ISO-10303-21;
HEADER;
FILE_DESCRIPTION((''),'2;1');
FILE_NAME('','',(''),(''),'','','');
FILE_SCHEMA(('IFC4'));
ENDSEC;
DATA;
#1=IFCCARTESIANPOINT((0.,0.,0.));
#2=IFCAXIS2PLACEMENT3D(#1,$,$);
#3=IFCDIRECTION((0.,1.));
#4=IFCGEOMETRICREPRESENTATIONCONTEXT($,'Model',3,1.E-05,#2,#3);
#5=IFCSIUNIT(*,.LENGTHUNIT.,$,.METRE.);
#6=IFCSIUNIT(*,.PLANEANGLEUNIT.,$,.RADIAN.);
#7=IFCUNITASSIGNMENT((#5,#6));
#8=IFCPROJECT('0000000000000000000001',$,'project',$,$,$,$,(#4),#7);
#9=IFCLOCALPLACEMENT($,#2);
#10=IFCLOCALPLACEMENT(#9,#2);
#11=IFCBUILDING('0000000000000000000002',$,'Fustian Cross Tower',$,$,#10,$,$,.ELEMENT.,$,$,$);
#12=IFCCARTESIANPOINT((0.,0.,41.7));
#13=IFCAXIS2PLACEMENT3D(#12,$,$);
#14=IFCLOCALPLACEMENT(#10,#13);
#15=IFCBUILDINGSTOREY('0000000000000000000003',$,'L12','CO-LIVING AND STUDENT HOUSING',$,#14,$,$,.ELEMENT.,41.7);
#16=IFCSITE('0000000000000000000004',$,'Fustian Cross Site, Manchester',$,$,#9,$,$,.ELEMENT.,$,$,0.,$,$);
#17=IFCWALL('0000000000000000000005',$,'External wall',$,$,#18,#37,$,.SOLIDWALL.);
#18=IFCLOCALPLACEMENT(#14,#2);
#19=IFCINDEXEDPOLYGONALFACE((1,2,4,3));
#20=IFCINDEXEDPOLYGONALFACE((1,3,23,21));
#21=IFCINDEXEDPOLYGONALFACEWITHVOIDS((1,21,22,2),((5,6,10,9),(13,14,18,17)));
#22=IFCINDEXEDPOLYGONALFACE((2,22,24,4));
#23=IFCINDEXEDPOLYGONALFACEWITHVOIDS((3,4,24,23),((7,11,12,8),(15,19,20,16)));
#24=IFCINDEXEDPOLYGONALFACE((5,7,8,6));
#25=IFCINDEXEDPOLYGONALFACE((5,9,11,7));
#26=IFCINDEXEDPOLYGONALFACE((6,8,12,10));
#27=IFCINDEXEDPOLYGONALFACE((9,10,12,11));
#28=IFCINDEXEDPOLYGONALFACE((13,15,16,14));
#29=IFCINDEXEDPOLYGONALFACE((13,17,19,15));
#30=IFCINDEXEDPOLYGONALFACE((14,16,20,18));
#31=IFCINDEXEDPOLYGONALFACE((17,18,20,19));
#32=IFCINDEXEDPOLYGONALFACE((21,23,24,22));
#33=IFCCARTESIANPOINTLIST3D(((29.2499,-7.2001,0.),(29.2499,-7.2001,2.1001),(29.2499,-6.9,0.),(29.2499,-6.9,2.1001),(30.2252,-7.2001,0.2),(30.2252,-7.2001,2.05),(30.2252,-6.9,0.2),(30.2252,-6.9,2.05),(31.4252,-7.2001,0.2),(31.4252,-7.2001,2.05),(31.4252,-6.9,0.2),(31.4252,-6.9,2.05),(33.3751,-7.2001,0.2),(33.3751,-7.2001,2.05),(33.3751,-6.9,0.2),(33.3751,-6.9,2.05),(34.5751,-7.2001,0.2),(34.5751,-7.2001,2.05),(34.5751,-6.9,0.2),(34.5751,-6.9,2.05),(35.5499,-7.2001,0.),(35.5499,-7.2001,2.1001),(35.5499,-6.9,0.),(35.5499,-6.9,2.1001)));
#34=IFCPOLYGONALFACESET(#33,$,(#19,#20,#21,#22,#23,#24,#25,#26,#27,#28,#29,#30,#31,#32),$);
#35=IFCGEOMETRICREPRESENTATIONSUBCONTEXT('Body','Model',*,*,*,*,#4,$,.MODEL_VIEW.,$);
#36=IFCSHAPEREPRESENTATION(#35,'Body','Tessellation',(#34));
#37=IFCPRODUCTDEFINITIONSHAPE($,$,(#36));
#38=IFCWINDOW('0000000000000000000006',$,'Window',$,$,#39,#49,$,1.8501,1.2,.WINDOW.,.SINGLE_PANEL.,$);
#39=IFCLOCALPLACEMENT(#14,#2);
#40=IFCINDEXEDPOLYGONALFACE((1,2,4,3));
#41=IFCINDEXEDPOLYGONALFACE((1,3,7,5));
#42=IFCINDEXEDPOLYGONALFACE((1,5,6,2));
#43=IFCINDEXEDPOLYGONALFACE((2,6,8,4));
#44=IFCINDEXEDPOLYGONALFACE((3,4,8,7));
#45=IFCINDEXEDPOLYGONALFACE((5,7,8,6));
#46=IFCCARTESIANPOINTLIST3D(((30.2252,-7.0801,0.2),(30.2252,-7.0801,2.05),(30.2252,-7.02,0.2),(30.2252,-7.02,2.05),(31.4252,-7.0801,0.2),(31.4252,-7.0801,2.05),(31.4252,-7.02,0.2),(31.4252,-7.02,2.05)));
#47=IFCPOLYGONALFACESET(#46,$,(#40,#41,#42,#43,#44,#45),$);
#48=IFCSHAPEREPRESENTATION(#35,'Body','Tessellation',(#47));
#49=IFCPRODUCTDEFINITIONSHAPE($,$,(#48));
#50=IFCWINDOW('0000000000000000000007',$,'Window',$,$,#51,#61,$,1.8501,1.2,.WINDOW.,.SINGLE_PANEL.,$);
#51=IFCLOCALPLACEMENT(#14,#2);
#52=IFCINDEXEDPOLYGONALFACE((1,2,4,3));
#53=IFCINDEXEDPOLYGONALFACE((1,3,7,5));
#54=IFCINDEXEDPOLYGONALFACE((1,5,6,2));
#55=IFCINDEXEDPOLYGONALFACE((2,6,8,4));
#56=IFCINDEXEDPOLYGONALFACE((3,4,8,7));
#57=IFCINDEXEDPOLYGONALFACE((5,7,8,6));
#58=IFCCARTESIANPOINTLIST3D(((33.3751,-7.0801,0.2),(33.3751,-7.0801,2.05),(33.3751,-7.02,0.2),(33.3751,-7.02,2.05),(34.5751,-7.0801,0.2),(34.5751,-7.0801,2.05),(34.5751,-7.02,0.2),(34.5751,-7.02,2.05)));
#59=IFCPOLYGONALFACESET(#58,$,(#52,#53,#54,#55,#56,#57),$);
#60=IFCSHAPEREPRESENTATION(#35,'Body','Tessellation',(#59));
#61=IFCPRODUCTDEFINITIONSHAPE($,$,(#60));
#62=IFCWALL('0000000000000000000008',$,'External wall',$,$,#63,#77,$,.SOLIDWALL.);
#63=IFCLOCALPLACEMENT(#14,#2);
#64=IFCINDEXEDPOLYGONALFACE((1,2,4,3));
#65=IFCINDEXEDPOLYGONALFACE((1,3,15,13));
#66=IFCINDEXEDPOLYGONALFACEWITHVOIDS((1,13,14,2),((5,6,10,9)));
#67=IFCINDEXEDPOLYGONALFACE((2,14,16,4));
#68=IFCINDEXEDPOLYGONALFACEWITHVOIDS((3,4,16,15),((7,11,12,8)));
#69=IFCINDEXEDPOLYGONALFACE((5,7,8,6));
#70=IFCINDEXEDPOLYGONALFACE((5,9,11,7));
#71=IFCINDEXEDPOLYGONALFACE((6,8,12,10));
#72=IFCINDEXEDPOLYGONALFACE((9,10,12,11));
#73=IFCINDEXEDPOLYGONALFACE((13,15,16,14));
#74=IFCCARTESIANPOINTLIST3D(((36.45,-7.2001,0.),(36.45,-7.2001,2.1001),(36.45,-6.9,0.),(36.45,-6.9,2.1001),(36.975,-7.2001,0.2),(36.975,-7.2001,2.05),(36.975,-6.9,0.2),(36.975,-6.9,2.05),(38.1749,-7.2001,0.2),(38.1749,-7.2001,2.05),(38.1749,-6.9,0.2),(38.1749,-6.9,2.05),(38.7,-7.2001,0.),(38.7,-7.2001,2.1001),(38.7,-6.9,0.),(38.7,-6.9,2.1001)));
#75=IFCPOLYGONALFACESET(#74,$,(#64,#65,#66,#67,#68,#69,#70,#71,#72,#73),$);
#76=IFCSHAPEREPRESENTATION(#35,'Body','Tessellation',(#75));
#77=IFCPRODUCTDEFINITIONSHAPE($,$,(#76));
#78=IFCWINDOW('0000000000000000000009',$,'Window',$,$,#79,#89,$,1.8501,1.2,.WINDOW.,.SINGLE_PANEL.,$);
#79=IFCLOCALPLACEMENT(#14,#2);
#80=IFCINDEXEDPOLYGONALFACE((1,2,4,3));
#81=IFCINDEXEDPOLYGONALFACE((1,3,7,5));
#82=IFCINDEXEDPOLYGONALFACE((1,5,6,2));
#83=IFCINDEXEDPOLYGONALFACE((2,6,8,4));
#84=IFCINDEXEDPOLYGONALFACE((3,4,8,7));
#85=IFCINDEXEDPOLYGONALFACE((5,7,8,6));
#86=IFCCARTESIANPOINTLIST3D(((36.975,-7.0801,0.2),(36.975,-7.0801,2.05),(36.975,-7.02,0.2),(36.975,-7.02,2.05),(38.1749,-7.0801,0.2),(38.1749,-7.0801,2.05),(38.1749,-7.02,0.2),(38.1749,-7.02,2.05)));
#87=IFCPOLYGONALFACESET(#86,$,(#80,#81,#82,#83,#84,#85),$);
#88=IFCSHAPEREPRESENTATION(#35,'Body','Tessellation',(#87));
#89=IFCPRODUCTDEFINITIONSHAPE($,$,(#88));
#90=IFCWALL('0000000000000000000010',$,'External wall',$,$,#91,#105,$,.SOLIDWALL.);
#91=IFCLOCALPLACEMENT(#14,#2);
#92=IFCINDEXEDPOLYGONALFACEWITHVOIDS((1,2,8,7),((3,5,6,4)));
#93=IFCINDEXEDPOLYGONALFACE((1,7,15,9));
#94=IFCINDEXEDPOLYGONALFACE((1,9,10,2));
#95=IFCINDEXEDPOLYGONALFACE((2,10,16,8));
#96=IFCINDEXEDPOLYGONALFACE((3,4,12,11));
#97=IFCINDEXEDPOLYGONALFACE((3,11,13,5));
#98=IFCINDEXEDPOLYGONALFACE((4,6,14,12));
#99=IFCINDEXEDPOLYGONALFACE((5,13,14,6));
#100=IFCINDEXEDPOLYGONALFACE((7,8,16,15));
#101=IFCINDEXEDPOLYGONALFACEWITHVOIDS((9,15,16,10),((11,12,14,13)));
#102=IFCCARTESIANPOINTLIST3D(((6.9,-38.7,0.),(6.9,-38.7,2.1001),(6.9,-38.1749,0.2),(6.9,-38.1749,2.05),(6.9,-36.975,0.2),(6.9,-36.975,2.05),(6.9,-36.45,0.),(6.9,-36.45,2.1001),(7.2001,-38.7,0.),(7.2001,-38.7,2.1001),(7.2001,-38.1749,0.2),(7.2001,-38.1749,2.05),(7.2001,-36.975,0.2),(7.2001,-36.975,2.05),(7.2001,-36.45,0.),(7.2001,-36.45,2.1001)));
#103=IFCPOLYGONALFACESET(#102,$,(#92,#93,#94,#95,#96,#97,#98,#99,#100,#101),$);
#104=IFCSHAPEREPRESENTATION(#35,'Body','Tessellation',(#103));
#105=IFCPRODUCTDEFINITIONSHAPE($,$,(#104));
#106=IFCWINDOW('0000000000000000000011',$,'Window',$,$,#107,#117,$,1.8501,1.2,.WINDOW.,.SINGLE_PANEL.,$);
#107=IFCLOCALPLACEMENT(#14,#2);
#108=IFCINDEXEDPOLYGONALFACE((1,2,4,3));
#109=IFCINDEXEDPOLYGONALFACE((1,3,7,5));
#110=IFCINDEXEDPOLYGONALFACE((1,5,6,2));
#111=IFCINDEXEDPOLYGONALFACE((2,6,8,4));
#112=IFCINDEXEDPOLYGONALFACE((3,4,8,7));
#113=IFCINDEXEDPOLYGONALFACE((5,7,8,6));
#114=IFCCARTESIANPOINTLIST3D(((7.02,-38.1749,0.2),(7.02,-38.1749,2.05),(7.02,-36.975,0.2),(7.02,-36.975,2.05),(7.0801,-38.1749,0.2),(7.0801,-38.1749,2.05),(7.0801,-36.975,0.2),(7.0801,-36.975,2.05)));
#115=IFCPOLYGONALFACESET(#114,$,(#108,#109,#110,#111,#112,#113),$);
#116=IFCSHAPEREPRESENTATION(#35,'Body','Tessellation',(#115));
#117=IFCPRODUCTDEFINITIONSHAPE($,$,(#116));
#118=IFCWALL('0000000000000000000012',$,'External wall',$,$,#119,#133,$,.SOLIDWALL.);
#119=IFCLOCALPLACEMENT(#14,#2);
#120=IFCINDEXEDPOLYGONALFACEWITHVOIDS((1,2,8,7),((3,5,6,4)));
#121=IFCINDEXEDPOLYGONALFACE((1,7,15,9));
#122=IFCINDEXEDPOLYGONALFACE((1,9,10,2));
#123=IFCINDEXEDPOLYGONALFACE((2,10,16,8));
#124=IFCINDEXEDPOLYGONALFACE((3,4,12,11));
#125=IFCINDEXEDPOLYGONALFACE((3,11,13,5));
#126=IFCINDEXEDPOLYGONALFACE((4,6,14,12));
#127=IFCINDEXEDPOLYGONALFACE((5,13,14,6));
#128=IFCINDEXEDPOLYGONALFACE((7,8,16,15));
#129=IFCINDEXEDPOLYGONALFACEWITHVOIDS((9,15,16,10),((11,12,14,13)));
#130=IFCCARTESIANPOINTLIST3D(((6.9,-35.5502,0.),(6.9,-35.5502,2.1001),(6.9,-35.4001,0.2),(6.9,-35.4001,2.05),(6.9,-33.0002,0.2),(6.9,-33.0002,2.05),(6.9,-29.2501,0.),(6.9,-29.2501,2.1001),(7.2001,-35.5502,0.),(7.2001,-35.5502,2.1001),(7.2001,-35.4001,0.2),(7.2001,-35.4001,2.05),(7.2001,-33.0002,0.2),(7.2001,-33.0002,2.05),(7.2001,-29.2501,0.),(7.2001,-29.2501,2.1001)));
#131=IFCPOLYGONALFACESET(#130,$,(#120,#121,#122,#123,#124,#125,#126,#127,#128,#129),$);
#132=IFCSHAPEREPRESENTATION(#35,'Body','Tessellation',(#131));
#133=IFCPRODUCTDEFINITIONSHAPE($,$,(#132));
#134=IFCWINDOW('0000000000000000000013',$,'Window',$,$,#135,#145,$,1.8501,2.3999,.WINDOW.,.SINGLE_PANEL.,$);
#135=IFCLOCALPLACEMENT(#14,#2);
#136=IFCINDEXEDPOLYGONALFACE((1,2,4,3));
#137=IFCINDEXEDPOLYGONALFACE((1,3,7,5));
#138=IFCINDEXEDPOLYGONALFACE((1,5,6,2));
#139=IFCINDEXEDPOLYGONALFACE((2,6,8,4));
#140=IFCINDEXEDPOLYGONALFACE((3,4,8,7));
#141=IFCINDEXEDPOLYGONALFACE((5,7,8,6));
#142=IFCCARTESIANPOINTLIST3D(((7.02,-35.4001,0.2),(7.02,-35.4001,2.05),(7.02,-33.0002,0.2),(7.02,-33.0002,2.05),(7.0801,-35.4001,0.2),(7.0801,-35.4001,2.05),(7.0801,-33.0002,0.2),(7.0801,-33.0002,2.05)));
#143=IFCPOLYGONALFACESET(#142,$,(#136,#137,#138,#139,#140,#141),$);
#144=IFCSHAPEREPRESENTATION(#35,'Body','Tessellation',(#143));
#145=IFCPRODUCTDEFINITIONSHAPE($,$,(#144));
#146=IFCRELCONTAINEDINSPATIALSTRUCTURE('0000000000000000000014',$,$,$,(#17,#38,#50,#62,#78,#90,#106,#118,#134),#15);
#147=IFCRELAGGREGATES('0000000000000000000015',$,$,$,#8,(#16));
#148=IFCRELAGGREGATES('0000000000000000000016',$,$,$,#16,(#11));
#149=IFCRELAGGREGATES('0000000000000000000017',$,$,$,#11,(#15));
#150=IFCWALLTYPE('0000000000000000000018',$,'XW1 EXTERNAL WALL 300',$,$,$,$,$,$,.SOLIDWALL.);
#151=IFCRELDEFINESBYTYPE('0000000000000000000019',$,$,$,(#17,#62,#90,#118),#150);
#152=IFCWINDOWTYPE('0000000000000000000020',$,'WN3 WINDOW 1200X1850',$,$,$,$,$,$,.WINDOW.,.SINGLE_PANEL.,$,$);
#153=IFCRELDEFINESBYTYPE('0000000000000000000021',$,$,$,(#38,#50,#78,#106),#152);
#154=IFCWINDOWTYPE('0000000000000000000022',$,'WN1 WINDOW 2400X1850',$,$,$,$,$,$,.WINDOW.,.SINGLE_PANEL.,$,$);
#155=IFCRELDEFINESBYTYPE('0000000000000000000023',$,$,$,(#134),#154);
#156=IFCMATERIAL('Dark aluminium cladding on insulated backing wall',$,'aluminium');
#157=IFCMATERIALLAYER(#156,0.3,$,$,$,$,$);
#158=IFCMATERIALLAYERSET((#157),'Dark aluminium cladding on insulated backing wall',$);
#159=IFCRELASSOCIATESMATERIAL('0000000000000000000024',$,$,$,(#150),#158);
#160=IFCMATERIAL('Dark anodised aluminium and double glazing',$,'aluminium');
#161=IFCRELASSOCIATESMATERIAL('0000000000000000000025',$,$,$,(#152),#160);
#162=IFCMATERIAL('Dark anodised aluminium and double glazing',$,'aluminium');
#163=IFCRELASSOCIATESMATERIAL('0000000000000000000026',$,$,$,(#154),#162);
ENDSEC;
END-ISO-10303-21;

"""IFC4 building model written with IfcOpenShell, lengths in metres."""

from ifc_helpers import new_model, si_unit, direction, frame, frame_2d, origin, place, context, subcontext, project, spatial, rectangle, extrude, material, layer, layer_set, type_object, element, fill, save


model = new_model("IFC4")

# Units and contexts
model_context = context("Model", 3, precision=1e-05, world=origin(), true_north=direction((0.0, 1.0)))
body_context = subcontext(model_context, "Body", "Model", "MODEL_VIEW")
ifc_project = project(units=[si_unit("LENGTHUNIT", "METRE"), si_unit("PLANEANGLEUNIT", "RADIAN")], contexts=[model_context])

# Site, building, storey
site_placement = place(None, origin())
site = spatial("IfcSite", under=ifc_project, at=site_placement, Name="Fustian Cross Site, Manchester", CompositionType="ELEMENT", RefElevation=0.0)
building_placement = place(site_placement, origin())
building = spatial("IfcBuilding", under=site, at=building_placement, Name="Fustian Cross Tower", CompositionType="ELEMENT")
storey_placement = place(building_placement, frame((0.0, 0.0, 41.7)))
storey = spatial("IfcBuildingStorey", under=building, at=storey_placement, Name="L12", Description="CO-LIVING AND STUDENT HOUSING", CompositionType="ELEMENT", Elevation=41.7)

# Shared definitions
ifc_material_1 = material(Name="Dark aluminium cladding on insulated backing wall", Category="aluminium")
ifc_layer_1 = layer(ifc_material_1, 0.3)
ifc_layer_set_1 = layer_set([ifc_layer_1], Name="Dark aluminium cladding on insulated backing wall")
wall_type_1 = type_object("IfcWallType", Name="XW1 EXTERNAL WALL 300", PredefinedType="SOLIDWALL", material=ifc_layer_set_1)
ifc_material_2 = material(Name="Dark anodised aluminium and double glazing", Category="aluminium")
window_type_1 = type_object("IfcWindowType", Name="WN3 WINDOW 1200X1850", PartitioningType="SINGLE_PANEL", PredefinedType="WINDOW", material=ifc_material_2)

# Wall, openings, windows
wall_1_placement = place(storey_placement, frame((29.25, -7.05, 0.0), z_axis=(0.0, 0.0, 1.0), x_axis=(1.0, 0.0, 0.0)))
wall_1 = element("IfcWall", 1, at=wall_1_placement, inside=storey, type_object=wall_type_1, Name="External wall", PredefinedType="SOLIDWALL", context=body_context, shape_type="SweptSolid", body=[
    extrude(rectangle(XDim=6.3, YDim=0.3, at=frame_2d((3.1499, 0.0))), origin(), (0.0, 0.0, 1.0), 2.1001),
])
opening_1_placement = place(wall_1_placement, frame((0.9751, 0.0, 0.2)))
opening_1 = element("IfcOpeningElement", 2, at=opening_1_placement, cuts=wall_1, PredefinedType="OPENING", context=body_context, shape_type="SweptSolid", body=[
    extrude(rectangle(XDim=1.2, YDim=1.8501, at=frame_2d((0.6001, 0.925))), frame((0.0, 0.1599, 0.0), z_axis=(0.0, -1.0, 0.0), x_axis=(1.0, 0.0, 0.0)), (0.0, 0.0, 1.0), 0.3201),
])
opening_2_placement = place(wall_1_placement, frame((4.125, 0.0, 0.2)))
opening_2 = element("IfcOpeningElement", 3, at=opening_2_placement, cuts=wall_1, PredefinedType="OPENING", context=body_context, shape_type="SweptSolid", body=[
    extrude(rectangle(XDim=1.2, YDim=1.8501, at=frame_2d((0.6001, 0.925))), frame((0.0, 0.1599, 0.0), z_axis=(0.0, -1.0, 0.0), x_axis=(1.0, 0.0, 0.0)), (0.0, 0.0, 1.0), 0.3201),
])
window_1_placement = place(opening_1_placement, origin())
window_1 = element("IfcWindow", 4, at=window_1_placement, inside=storey, type_object=window_type_1, Name="Window", OverallHeight=1.8501, OverallWidth=1.2, PartitioningType="SINGLE_PANEL", PredefinedType="WINDOW", context=body_context, shape_type="SweptSolid", body=[
    extrude(rectangle(XDim=1.2, YDim=1.8501, at=frame_2d((0.6001, 0.925))), frame((0.0, 0.03, 0.0), z_axis=(0.0, -1.0, 0.0), x_axis=(1.0, 0.0, 0.0)), (0.0, 0.0, 1.0), 0.0601),
])
fill(opening_1, window_1)
window_2_placement = place(opening_2_placement, origin())
window_2 = element("IfcWindow", 5, at=window_2_placement, inside=storey, type_object=window_type_1, Name="Window", OverallHeight=1.8501, OverallWidth=1.2, PartitioningType="SINGLE_PANEL", PredefinedType="WINDOW", context=body_context, shape_type="SweptSolid", body=[
    extrude(rectangle(XDim=1.2, YDim=1.8501, at=frame_2d((0.6001, 0.925))), frame((0.0, 0.03, 0.0), z_axis=(0.0, -1.0, 0.0), x_axis=(1.0, 0.0, 0.0)), (0.0, 0.0, 1.0), 0.0601),
])
fill(opening_2, window_2)

# Walls, openings, windows
wall_2_placement = place(storey_placement, frame((36.45, -7.05, 0.0), z_axis=(0.0, 0.0, 1.0), x_axis=(1.0, 0.0, 0.0)))
wall_2 = element("IfcWall", 6, at=wall_2_placement, inside=storey, type_object=wall_type_1, Name="External wall", PredefinedType="SOLIDWALL", context=body_context, shape_type="SweptSolid", body=[
    extrude(rectangle(XDim=2.25, YDim=0.3, at=frame_2d((1.125, 0.0))), origin(), (0.0, 0.0, 1.0), 2.1001),
])
opening_3_placement = place(wall_2_placement, frame((0.5249, 0.0, 0.2)))
opening_3 = element("IfcOpeningElement", 7, at=opening_3_placement, cuts=wall_2, PredefinedType="OPENING", context=body_context, shape_type="SweptSolid", body=[
    extrude(rectangle(XDim=1.2, YDim=1.8501, at=frame_2d((0.6001, 0.925))), frame((0.0, 0.1599, 0.0), z_axis=(0.0, -1.0, 0.0), x_axis=(1.0, 0.0, 0.0)), (0.0, 0.0, 1.0), 0.3201),
])
window_3_placement = place(opening_3_placement, origin())
window_3 = element("IfcWindow", 8, at=window_3_placement, inside=storey, type_object=window_type_1, Name="Window", OverallHeight=1.8501, OverallWidth=1.2, PartitioningType="SINGLE_PANEL", PredefinedType="WINDOW", context=body_context, shape_type="SweptSolid", body=[
    extrude(rectangle(XDim=1.2, YDim=1.8501, at=frame_2d((0.6001, 0.925))), frame((0.0, 0.03, 0.0), z_axis=(0.0, -1.0, 0.0), x_axis=(1.0, 0.0, 0.0)), (0.0, 0.0, 1.0), 0.0601),
])
fill(opening_3, window_3)
wall_3_placement = place(storey_placement, frame((7.05, -38.7, 0.0), z_axis=(0.0, 0.0, 1.0), x_axis=(0.0, 1.0, 0.0)))
wall_3 = element("IfcWall", 9, at=wall_3_placement, inside=storey, type_object=wall_type_1, Name="External wall", PredefinedType="SOLIDWALL", context=body_context, shape_type="SweptSolid", body=[
    extrude(rectangle(XDim=2.25, YDim=0.3, at=frame_2d((1.125, 0.0))), origin(), (0.0, 0.0, 1.0), 2.1001),
])
opening_4_placement = place(wall_3_placement, frame((0.5249, 0.0, 0.2)))
opening_4 = element("IfcOpeningElement", 10, at=opening_4_placement, cuts=wall_3, PredefinedType="OPENING", context=body_context, shape_type="SweptSolid", body=[
    extrude(rectangle(XDim=1.2, YDim=1.8501, at=frame_2d((0.6001, 0.925))), frame((0.0, 0.1599, 0.0), z_axis=(0.0, -1.0, 0.0), x_axis=(1.0, 0.0, 0.0)), (0.0, 0.0, 1.0), 0.3201),
])
window_4_placement = place(opening_4_placement, origin())
window_4 = element("IfcWindow", 11, at=window_4_placement, inside=storey, type_object=window_type_1, Name="Window", OverallHeight=1.8501, OverallWidth=1.2, PartitioningType="SINGLE_PANEL", PredefinedType="WINDOW", context=body_context, shape_type="SweptSolid", body=[
    extrude(rectangle(XDim=1.2, YDim=1.8501, at=frame_2d((0.6001, 0.925))), frame((0.0, 0.03, 0.0), z_axis=(0.0, -1.0, 0.0), x_axis=(1.0, 0.0, 0.0)), (0.0, 0.0, 1.0), 0.0601),
])
fill(opening_4, window_4)
wall_4_placement = place(storey_placement, frame((7.05, -35.55, 0.0), z_axis=(0.0, 0.0, 1.0), x_axis=(0.0, 1.0, 0.0)))
wall_4 = element("IfcWall", 12, at=wall_4_placement, inside=storey, type_object=wall_type_1, Name="External wall", PredefinedType="SOLIDWALL", context=body_context, shape_type="SweptSolid", body=[
    extrude(rectangle(XDim=6.3, YDim=0.3, at=frame_2d((3.1499, 0.0))), origin(), (0.0, 0.0, 1.0), 2.1001),
])
opening_5_placement = place(wall_4_placement, frame((0.1499, 0.0, 0.2)))
opening_5 = element("IfcOpeningElement", 13, at=opening_5_placement, cuts=wall_4, PredefinedType="OPENING", context=body_context, shape_type="SweptSolid", body=[
    extrude(rectangle(XDim=2.3999, YDim=1.8501, at=frame_2d((1.2, 0.925))), frame((0.0, 0.1599, 0.0), z_axis=(0.0, -1.0, 0.0), x_axis=(1.0, 0.0, 0.0)), (0.0, 0.0, 1.0), 0.3201),
])
ifc_material_3 = material(Name="Dark anodised aluminium and double glazing", Category="aluminium")
window_type_2 = type_object("IfcWindowType", Name="WN1 WINDOW 2400X1850", PartitioningType="SINGLE_PANEL", PredefinedType="WINDOW", material=ifc_material_3)
window_5_placement = place(opening_5_placement, origin())
window_5 = element("IfcWindow", 14, at=window_5_placement, inside=storey, type_object=window_type_2, Name="Window", OverallHeight=1.8501, OverallWidth=2.3999, PartitioningType="SINGLE_PANEL", PredefinedType="WINDOW", context=body_context, shape_type="SweptSolid", body=[
    extrude(rectangle(XDim=2.3999, YDim=1.8501, at=frame_2d((1.2, 0.925))), frame((0.0, 0.03, 0.0), z_axis=(0.0, -1.0, 0.0), x_axis=(1.0, 0.0, 0.0)), (0.0, 0.0, 1.0), 0.0601),
])
fill(opening_5, window_5)

save(model, "model.ifc")
